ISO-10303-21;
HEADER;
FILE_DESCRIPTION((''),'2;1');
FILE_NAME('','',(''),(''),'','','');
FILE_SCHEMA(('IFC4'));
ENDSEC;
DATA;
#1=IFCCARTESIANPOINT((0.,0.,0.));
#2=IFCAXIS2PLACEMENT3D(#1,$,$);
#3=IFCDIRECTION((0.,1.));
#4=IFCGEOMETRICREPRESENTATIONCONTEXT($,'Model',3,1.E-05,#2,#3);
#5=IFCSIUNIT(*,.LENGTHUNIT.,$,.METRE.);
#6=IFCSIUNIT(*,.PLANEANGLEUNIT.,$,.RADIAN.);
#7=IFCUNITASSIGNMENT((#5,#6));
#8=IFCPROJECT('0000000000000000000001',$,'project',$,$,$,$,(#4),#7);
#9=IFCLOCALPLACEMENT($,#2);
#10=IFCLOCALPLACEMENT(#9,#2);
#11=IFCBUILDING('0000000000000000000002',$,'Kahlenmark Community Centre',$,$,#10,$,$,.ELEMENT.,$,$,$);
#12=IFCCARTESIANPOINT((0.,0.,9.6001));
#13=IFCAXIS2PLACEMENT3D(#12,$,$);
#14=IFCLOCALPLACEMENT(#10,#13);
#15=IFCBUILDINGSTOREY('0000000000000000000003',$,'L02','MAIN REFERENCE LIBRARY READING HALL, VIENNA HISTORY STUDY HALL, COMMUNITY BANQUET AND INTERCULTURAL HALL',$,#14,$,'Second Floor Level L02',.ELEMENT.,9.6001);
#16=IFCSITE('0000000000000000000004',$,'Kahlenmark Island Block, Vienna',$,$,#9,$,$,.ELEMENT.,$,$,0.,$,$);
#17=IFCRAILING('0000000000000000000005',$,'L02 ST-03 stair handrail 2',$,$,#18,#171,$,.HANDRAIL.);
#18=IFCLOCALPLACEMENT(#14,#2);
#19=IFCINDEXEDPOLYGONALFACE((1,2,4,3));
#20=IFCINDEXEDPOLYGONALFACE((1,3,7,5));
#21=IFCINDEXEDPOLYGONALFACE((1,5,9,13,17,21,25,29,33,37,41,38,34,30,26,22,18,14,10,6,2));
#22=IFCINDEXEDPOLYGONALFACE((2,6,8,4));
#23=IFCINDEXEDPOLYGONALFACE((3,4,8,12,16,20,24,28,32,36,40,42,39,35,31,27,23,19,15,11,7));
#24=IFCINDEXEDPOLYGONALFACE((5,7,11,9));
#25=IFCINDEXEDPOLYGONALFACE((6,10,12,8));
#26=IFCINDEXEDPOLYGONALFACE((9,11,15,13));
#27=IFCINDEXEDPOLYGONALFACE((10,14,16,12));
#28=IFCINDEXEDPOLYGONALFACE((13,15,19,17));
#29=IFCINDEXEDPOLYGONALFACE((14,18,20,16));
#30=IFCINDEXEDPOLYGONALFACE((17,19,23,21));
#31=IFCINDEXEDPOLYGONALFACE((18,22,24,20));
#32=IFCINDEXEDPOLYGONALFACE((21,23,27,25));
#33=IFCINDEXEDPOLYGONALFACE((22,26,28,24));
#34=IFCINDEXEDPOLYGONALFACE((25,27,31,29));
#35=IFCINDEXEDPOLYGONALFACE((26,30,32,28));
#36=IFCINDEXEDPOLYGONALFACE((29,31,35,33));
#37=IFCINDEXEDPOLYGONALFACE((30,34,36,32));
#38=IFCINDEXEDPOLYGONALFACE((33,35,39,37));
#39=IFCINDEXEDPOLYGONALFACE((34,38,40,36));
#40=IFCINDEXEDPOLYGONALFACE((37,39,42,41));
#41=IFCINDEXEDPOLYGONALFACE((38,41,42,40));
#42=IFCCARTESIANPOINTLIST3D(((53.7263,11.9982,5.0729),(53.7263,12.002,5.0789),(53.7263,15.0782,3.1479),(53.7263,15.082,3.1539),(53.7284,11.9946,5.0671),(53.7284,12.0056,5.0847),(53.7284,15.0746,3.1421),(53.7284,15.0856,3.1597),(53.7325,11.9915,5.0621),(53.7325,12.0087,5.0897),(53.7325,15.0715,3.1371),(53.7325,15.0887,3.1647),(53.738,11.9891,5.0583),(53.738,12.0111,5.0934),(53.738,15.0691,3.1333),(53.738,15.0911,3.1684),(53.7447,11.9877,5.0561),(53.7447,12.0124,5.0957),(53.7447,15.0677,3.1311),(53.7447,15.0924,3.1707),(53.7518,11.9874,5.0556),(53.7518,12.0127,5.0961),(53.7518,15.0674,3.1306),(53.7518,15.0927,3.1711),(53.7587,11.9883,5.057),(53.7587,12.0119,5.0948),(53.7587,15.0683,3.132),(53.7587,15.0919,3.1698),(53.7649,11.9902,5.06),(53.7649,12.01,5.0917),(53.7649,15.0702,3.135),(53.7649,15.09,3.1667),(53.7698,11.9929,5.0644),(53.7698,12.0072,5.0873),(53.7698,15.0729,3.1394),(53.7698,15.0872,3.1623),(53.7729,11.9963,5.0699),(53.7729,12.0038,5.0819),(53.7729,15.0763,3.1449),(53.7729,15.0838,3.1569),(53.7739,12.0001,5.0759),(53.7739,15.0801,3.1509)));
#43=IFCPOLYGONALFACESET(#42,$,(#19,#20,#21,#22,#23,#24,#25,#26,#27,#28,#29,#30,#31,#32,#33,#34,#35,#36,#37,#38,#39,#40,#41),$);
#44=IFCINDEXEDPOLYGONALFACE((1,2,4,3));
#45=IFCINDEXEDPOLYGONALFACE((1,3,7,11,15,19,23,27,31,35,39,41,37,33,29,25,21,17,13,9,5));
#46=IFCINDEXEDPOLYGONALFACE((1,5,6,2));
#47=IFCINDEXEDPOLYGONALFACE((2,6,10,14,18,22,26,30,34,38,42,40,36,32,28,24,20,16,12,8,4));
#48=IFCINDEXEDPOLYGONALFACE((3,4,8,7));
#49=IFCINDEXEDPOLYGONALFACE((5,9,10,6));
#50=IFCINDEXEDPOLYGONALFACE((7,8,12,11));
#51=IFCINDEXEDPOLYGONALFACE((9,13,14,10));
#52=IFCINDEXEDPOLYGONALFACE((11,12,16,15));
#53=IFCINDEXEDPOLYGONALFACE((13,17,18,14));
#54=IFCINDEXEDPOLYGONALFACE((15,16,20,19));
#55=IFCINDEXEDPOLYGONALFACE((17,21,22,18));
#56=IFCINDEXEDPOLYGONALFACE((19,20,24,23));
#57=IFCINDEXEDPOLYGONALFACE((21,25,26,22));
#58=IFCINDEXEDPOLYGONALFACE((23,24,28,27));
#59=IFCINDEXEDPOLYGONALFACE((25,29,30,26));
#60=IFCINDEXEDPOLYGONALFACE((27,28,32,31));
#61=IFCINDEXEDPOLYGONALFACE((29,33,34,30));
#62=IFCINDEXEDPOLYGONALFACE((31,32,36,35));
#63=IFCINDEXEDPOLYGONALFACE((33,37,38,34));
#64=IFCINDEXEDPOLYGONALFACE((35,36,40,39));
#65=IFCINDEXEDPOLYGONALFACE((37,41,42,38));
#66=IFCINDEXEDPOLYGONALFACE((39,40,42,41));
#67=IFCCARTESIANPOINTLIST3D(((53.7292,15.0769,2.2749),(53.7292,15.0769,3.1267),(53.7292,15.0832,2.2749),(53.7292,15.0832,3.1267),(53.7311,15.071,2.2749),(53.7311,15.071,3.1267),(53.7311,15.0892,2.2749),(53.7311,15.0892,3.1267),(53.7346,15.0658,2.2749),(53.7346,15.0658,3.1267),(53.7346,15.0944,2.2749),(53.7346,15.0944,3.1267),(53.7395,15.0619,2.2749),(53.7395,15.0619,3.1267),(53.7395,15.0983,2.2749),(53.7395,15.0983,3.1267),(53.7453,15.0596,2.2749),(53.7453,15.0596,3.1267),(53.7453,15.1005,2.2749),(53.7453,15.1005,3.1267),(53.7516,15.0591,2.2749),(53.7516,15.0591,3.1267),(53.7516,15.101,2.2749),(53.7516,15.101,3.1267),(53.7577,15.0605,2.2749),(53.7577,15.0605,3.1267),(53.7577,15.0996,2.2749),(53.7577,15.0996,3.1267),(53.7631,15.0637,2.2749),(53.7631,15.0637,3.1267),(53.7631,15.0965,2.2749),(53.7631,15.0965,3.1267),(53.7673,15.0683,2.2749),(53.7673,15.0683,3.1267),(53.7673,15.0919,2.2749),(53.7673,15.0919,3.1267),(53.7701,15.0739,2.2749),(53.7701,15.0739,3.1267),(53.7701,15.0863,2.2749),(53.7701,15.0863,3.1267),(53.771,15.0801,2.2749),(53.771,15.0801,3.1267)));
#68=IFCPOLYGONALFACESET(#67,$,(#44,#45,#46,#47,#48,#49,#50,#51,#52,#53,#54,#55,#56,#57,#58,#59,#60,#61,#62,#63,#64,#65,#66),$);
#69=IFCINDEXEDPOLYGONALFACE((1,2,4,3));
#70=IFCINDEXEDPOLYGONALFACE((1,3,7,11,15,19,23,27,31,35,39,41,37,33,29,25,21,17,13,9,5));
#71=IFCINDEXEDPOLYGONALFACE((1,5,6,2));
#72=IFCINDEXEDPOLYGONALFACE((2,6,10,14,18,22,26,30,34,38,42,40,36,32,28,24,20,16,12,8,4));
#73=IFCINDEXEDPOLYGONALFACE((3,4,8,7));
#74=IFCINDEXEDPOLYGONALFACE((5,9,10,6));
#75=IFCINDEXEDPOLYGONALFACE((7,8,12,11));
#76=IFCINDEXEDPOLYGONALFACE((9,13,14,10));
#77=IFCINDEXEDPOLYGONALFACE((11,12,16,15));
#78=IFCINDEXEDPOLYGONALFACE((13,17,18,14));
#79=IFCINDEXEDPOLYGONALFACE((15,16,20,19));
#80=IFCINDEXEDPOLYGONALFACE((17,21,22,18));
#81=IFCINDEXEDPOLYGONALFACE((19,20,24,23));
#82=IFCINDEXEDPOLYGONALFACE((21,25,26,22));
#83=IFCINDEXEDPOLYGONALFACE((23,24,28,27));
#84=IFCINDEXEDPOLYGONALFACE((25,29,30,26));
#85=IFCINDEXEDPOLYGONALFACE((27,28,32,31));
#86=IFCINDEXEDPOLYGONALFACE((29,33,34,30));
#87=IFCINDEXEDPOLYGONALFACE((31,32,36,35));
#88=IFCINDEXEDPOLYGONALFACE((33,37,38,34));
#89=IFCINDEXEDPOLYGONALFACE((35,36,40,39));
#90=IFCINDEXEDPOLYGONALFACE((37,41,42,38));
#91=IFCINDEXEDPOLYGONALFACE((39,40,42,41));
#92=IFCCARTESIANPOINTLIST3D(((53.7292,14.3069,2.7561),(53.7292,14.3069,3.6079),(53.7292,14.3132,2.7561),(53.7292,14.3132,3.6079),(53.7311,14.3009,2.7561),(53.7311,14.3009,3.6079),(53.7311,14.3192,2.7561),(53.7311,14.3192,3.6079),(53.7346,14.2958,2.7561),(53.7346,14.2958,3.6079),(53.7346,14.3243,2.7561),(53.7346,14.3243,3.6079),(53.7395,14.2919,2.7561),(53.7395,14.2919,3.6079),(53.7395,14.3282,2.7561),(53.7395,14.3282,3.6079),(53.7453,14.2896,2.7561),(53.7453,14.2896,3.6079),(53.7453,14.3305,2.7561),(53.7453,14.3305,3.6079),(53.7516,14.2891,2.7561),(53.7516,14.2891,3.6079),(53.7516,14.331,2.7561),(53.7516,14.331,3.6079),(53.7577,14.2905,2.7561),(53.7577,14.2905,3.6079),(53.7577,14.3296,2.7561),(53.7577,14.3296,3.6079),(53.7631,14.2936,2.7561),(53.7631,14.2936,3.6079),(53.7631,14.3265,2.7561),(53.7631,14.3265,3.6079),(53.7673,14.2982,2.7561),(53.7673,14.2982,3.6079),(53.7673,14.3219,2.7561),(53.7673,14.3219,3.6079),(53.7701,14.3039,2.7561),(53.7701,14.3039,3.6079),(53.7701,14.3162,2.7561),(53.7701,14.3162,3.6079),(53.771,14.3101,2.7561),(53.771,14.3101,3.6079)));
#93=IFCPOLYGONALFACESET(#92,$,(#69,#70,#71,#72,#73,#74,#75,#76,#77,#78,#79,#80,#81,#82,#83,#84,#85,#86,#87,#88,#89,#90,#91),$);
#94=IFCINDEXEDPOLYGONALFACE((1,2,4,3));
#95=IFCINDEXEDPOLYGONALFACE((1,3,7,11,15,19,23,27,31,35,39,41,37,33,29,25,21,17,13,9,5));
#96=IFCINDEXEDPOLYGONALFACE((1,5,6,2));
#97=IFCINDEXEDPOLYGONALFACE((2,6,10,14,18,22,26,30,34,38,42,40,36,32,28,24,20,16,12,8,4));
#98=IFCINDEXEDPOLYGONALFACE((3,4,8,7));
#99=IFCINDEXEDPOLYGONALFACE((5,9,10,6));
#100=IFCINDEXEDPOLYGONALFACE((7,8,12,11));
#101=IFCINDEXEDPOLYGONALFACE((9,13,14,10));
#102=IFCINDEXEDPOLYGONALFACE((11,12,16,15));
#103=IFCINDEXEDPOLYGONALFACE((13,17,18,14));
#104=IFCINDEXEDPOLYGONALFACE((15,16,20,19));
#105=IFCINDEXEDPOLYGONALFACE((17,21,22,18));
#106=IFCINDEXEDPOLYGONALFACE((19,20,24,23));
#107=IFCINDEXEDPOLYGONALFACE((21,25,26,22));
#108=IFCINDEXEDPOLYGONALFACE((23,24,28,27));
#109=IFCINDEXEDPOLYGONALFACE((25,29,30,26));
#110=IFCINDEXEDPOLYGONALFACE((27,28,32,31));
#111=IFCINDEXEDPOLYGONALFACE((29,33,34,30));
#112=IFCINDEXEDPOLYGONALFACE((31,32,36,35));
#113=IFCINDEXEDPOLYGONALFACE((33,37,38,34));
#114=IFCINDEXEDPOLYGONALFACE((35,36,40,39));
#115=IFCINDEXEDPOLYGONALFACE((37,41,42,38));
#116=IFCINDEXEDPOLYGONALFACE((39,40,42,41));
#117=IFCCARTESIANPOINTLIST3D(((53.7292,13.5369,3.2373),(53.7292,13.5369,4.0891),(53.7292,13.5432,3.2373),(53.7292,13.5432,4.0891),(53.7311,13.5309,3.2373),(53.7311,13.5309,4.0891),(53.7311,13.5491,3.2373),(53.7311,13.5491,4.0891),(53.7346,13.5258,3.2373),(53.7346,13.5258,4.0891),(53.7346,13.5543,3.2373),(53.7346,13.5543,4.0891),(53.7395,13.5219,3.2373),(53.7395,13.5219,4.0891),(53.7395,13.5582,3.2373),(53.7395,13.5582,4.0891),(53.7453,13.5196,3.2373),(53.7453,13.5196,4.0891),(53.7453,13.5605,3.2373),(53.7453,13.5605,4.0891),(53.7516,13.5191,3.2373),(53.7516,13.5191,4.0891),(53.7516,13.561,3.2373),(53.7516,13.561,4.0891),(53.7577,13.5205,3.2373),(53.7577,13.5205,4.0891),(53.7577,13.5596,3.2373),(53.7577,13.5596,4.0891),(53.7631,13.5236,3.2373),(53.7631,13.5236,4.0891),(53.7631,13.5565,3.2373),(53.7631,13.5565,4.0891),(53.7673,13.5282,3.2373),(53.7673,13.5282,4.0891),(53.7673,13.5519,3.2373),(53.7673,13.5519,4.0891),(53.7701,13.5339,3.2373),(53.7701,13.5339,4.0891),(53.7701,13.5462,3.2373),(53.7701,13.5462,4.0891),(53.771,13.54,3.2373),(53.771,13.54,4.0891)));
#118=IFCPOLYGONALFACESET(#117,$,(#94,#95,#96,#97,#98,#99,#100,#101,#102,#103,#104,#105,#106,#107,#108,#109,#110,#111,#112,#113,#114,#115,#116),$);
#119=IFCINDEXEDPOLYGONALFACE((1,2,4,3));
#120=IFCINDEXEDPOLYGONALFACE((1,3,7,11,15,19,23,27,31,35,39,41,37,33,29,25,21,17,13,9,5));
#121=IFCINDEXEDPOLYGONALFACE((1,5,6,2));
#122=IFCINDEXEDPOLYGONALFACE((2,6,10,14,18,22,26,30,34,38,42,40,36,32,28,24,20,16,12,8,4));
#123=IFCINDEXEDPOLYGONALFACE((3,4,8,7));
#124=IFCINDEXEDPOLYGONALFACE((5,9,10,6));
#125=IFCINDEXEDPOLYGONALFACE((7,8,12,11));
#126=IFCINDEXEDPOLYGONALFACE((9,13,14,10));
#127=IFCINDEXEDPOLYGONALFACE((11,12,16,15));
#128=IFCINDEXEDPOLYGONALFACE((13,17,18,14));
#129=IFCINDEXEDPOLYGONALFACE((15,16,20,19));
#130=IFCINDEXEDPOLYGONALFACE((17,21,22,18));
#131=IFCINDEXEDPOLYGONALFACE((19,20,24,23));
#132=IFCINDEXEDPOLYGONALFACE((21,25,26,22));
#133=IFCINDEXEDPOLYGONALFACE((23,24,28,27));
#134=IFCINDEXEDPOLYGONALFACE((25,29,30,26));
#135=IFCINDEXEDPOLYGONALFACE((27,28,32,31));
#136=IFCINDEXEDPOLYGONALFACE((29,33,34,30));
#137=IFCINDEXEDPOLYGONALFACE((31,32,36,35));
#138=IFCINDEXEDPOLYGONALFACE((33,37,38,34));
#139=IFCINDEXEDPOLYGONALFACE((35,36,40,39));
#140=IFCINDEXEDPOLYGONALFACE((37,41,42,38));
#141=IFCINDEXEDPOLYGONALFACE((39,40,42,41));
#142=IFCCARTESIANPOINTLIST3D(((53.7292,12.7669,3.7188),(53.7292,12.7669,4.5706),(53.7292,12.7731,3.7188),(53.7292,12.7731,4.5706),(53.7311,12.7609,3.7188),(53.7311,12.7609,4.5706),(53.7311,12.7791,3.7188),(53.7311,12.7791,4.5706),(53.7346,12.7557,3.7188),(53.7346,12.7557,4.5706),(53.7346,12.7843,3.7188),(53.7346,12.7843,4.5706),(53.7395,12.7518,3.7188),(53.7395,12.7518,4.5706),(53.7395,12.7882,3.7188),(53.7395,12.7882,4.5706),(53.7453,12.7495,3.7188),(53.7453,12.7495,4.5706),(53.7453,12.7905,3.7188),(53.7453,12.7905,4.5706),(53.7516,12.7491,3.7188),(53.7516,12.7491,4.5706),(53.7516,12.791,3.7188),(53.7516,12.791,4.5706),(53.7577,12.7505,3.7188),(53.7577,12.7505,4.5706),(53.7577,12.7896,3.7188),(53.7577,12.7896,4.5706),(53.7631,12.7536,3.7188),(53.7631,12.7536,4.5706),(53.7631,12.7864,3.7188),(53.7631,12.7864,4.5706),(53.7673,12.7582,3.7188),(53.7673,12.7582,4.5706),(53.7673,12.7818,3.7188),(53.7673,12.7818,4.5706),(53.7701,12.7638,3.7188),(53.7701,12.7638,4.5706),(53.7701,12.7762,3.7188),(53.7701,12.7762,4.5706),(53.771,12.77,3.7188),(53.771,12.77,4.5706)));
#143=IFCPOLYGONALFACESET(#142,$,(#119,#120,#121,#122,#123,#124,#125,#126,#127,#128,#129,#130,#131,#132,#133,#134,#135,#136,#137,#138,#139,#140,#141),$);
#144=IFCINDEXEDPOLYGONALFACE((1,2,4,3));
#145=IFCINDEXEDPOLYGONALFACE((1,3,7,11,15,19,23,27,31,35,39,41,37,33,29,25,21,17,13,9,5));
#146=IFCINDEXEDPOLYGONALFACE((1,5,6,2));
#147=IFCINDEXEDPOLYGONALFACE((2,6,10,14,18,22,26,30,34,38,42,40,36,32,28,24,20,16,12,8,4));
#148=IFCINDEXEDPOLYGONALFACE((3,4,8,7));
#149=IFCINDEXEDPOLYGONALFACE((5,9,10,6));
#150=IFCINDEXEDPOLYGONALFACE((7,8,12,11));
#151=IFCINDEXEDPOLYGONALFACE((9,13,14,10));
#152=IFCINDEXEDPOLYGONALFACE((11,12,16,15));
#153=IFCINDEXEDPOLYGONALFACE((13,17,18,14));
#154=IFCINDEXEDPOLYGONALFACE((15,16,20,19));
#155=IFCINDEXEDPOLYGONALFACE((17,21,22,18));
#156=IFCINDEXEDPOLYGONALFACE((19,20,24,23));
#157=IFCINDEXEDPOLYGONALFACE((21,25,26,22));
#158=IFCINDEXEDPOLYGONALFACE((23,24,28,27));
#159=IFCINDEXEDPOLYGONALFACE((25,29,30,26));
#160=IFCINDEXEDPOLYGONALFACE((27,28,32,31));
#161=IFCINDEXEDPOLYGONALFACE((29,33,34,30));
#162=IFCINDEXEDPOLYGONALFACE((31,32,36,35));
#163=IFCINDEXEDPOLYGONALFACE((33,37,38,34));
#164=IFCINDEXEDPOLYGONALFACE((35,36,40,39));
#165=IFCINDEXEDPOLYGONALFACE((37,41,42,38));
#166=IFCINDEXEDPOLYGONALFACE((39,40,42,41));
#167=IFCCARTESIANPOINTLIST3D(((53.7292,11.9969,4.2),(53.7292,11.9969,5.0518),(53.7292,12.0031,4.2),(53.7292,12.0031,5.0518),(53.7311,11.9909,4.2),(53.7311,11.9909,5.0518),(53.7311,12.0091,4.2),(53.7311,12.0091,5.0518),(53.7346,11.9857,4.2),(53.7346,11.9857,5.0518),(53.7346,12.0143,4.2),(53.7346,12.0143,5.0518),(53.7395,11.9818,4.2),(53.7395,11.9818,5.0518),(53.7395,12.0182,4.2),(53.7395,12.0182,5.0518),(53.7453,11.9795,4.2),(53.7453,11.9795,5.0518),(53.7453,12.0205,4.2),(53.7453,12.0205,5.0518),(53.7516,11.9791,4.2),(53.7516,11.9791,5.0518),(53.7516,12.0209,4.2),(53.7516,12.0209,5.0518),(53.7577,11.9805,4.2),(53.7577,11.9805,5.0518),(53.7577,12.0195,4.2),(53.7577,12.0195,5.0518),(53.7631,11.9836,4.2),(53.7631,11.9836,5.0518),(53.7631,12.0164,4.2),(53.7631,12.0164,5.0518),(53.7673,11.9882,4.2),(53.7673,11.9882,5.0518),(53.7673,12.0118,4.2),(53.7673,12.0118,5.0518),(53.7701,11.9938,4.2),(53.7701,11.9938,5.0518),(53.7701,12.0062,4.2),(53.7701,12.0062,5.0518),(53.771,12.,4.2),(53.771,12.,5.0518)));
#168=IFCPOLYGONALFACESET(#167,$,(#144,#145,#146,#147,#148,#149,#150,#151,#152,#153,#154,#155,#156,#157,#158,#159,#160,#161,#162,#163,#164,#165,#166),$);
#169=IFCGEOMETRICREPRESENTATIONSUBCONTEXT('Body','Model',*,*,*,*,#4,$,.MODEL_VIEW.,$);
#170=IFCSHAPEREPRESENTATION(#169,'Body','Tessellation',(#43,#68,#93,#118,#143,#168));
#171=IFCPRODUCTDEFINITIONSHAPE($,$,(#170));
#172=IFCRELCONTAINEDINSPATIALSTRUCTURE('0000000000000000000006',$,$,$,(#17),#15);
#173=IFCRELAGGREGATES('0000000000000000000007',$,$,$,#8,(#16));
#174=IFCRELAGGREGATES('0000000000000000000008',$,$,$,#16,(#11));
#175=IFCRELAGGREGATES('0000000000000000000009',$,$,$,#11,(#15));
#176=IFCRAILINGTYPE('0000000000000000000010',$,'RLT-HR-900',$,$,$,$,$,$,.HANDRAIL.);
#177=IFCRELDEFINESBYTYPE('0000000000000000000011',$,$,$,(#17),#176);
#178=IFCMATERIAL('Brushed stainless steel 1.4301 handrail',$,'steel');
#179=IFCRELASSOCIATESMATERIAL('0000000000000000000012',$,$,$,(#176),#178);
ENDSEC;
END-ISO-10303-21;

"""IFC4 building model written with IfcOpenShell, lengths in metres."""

from ifc_helpers import new_model, si_unit, direction, frame, origin, origin_2d, place, context, subcontext, project, spatial, circle, extrude, material, type_object, element, save


model = new_model("IFC4")

# Units and contexts
model_context = context("Model", 3, precision=1e-05, world=origin(), true_north=direction((0.0, 1.0)))
body_context = subcontext(model_context, "Body", "Model", "MODEL_VIEW")
ifc_project = project(units=[si_unit("LENGTHUNIT", "METRE"), si_unit("PLANEANGLEUNIT", "RADIAN")], contexts=[model_context])

# Site, building, storey
site_placement = place(None, origin())
site = spatial("IfcSite", under=ifc_project, at=site_placement, Name="Kahlenmark Island Block, Vienna", CompositionType="ELEMENT", RefElevation=0.0)
building_placement = place(site_placement, origin())
building = spatial("IfcBuilding", under=site, at=building_placement, Name="Kahlenmark Community Centre", CompositionType="ELEMENT")
storey_placement = place(building_placement, frame((0.0, 0.0, 9.6001)))
storey = spatial("IfcBuildingStorey", under=building, at=storey_placement, Name="L02", Description="MAIN REFERENCE LIBRARY READING HALL, VIENNA HISTORY STUDY HALL, COMMUNITY BANQUET AND INTERCULTURAL HALL", LongName="Second Floor Level L02", CompositionType="ELEMENT", Elevation=9.6001)

# Railing
ifc_material_1 = material(Name="Brushed stainless steel 1.4301 handrail", Category="steel")
railing_type_1 = type_object("IfcRailingType", Name="RLT-HR-900", PredefinedType="HANDRAIL", material=ifc_material_1)
railing_1_placement = place(storey_placement, frame((53.75, 15.0801, 2.2749)))
element("IfcRailing", 1, at=railing_1_placement, inside=storey, type_object=railing_type_1, Name="L02 ST-03 stair handrail 2", PredefinedType="HANDRAIL", context=body_context, shape_type="SweptSolid", body=[
    extrude(circle(Radius=0.0239, at=origin_2d()), frame((0.0, 0.0, 0.876), z_axis=(0.0, -0.847998, 0.529999), x_axis=(1.0, 0.0, 0.0)), (0.0, 0.0, 1.0), 3.6321),
    extrude(circle(Radius=0.021, at=origin_2d()), origin(), (0.0, 0.0, 1.0), 0.8518),
    extrude(circle(Radius=0.021, at=origin_2d()), frame((0.0, -0.77, 0.4812)), (0.0, 0.0, 1.0), 0.8518),
    extrude(circle(Radius=0.021, at=origin_2d()), frame((0.0, -1.54, 0.9624)), (0.0, 0.0, 1.0), 0.8518),
    extrude(circle(Radius=0.021, at=origin_2d()), frame((0.0, -2.3101, 1.4438)), (0.0, 0.0, 1.0), 0.8518),
    extrude(circle(Radius=0.021, at=origin_2d()), frame((0.0, -3.0801, 1.925)), (0.0, 0.0, 1.0), 0.8518),
])

save(model, "model.ifc")
